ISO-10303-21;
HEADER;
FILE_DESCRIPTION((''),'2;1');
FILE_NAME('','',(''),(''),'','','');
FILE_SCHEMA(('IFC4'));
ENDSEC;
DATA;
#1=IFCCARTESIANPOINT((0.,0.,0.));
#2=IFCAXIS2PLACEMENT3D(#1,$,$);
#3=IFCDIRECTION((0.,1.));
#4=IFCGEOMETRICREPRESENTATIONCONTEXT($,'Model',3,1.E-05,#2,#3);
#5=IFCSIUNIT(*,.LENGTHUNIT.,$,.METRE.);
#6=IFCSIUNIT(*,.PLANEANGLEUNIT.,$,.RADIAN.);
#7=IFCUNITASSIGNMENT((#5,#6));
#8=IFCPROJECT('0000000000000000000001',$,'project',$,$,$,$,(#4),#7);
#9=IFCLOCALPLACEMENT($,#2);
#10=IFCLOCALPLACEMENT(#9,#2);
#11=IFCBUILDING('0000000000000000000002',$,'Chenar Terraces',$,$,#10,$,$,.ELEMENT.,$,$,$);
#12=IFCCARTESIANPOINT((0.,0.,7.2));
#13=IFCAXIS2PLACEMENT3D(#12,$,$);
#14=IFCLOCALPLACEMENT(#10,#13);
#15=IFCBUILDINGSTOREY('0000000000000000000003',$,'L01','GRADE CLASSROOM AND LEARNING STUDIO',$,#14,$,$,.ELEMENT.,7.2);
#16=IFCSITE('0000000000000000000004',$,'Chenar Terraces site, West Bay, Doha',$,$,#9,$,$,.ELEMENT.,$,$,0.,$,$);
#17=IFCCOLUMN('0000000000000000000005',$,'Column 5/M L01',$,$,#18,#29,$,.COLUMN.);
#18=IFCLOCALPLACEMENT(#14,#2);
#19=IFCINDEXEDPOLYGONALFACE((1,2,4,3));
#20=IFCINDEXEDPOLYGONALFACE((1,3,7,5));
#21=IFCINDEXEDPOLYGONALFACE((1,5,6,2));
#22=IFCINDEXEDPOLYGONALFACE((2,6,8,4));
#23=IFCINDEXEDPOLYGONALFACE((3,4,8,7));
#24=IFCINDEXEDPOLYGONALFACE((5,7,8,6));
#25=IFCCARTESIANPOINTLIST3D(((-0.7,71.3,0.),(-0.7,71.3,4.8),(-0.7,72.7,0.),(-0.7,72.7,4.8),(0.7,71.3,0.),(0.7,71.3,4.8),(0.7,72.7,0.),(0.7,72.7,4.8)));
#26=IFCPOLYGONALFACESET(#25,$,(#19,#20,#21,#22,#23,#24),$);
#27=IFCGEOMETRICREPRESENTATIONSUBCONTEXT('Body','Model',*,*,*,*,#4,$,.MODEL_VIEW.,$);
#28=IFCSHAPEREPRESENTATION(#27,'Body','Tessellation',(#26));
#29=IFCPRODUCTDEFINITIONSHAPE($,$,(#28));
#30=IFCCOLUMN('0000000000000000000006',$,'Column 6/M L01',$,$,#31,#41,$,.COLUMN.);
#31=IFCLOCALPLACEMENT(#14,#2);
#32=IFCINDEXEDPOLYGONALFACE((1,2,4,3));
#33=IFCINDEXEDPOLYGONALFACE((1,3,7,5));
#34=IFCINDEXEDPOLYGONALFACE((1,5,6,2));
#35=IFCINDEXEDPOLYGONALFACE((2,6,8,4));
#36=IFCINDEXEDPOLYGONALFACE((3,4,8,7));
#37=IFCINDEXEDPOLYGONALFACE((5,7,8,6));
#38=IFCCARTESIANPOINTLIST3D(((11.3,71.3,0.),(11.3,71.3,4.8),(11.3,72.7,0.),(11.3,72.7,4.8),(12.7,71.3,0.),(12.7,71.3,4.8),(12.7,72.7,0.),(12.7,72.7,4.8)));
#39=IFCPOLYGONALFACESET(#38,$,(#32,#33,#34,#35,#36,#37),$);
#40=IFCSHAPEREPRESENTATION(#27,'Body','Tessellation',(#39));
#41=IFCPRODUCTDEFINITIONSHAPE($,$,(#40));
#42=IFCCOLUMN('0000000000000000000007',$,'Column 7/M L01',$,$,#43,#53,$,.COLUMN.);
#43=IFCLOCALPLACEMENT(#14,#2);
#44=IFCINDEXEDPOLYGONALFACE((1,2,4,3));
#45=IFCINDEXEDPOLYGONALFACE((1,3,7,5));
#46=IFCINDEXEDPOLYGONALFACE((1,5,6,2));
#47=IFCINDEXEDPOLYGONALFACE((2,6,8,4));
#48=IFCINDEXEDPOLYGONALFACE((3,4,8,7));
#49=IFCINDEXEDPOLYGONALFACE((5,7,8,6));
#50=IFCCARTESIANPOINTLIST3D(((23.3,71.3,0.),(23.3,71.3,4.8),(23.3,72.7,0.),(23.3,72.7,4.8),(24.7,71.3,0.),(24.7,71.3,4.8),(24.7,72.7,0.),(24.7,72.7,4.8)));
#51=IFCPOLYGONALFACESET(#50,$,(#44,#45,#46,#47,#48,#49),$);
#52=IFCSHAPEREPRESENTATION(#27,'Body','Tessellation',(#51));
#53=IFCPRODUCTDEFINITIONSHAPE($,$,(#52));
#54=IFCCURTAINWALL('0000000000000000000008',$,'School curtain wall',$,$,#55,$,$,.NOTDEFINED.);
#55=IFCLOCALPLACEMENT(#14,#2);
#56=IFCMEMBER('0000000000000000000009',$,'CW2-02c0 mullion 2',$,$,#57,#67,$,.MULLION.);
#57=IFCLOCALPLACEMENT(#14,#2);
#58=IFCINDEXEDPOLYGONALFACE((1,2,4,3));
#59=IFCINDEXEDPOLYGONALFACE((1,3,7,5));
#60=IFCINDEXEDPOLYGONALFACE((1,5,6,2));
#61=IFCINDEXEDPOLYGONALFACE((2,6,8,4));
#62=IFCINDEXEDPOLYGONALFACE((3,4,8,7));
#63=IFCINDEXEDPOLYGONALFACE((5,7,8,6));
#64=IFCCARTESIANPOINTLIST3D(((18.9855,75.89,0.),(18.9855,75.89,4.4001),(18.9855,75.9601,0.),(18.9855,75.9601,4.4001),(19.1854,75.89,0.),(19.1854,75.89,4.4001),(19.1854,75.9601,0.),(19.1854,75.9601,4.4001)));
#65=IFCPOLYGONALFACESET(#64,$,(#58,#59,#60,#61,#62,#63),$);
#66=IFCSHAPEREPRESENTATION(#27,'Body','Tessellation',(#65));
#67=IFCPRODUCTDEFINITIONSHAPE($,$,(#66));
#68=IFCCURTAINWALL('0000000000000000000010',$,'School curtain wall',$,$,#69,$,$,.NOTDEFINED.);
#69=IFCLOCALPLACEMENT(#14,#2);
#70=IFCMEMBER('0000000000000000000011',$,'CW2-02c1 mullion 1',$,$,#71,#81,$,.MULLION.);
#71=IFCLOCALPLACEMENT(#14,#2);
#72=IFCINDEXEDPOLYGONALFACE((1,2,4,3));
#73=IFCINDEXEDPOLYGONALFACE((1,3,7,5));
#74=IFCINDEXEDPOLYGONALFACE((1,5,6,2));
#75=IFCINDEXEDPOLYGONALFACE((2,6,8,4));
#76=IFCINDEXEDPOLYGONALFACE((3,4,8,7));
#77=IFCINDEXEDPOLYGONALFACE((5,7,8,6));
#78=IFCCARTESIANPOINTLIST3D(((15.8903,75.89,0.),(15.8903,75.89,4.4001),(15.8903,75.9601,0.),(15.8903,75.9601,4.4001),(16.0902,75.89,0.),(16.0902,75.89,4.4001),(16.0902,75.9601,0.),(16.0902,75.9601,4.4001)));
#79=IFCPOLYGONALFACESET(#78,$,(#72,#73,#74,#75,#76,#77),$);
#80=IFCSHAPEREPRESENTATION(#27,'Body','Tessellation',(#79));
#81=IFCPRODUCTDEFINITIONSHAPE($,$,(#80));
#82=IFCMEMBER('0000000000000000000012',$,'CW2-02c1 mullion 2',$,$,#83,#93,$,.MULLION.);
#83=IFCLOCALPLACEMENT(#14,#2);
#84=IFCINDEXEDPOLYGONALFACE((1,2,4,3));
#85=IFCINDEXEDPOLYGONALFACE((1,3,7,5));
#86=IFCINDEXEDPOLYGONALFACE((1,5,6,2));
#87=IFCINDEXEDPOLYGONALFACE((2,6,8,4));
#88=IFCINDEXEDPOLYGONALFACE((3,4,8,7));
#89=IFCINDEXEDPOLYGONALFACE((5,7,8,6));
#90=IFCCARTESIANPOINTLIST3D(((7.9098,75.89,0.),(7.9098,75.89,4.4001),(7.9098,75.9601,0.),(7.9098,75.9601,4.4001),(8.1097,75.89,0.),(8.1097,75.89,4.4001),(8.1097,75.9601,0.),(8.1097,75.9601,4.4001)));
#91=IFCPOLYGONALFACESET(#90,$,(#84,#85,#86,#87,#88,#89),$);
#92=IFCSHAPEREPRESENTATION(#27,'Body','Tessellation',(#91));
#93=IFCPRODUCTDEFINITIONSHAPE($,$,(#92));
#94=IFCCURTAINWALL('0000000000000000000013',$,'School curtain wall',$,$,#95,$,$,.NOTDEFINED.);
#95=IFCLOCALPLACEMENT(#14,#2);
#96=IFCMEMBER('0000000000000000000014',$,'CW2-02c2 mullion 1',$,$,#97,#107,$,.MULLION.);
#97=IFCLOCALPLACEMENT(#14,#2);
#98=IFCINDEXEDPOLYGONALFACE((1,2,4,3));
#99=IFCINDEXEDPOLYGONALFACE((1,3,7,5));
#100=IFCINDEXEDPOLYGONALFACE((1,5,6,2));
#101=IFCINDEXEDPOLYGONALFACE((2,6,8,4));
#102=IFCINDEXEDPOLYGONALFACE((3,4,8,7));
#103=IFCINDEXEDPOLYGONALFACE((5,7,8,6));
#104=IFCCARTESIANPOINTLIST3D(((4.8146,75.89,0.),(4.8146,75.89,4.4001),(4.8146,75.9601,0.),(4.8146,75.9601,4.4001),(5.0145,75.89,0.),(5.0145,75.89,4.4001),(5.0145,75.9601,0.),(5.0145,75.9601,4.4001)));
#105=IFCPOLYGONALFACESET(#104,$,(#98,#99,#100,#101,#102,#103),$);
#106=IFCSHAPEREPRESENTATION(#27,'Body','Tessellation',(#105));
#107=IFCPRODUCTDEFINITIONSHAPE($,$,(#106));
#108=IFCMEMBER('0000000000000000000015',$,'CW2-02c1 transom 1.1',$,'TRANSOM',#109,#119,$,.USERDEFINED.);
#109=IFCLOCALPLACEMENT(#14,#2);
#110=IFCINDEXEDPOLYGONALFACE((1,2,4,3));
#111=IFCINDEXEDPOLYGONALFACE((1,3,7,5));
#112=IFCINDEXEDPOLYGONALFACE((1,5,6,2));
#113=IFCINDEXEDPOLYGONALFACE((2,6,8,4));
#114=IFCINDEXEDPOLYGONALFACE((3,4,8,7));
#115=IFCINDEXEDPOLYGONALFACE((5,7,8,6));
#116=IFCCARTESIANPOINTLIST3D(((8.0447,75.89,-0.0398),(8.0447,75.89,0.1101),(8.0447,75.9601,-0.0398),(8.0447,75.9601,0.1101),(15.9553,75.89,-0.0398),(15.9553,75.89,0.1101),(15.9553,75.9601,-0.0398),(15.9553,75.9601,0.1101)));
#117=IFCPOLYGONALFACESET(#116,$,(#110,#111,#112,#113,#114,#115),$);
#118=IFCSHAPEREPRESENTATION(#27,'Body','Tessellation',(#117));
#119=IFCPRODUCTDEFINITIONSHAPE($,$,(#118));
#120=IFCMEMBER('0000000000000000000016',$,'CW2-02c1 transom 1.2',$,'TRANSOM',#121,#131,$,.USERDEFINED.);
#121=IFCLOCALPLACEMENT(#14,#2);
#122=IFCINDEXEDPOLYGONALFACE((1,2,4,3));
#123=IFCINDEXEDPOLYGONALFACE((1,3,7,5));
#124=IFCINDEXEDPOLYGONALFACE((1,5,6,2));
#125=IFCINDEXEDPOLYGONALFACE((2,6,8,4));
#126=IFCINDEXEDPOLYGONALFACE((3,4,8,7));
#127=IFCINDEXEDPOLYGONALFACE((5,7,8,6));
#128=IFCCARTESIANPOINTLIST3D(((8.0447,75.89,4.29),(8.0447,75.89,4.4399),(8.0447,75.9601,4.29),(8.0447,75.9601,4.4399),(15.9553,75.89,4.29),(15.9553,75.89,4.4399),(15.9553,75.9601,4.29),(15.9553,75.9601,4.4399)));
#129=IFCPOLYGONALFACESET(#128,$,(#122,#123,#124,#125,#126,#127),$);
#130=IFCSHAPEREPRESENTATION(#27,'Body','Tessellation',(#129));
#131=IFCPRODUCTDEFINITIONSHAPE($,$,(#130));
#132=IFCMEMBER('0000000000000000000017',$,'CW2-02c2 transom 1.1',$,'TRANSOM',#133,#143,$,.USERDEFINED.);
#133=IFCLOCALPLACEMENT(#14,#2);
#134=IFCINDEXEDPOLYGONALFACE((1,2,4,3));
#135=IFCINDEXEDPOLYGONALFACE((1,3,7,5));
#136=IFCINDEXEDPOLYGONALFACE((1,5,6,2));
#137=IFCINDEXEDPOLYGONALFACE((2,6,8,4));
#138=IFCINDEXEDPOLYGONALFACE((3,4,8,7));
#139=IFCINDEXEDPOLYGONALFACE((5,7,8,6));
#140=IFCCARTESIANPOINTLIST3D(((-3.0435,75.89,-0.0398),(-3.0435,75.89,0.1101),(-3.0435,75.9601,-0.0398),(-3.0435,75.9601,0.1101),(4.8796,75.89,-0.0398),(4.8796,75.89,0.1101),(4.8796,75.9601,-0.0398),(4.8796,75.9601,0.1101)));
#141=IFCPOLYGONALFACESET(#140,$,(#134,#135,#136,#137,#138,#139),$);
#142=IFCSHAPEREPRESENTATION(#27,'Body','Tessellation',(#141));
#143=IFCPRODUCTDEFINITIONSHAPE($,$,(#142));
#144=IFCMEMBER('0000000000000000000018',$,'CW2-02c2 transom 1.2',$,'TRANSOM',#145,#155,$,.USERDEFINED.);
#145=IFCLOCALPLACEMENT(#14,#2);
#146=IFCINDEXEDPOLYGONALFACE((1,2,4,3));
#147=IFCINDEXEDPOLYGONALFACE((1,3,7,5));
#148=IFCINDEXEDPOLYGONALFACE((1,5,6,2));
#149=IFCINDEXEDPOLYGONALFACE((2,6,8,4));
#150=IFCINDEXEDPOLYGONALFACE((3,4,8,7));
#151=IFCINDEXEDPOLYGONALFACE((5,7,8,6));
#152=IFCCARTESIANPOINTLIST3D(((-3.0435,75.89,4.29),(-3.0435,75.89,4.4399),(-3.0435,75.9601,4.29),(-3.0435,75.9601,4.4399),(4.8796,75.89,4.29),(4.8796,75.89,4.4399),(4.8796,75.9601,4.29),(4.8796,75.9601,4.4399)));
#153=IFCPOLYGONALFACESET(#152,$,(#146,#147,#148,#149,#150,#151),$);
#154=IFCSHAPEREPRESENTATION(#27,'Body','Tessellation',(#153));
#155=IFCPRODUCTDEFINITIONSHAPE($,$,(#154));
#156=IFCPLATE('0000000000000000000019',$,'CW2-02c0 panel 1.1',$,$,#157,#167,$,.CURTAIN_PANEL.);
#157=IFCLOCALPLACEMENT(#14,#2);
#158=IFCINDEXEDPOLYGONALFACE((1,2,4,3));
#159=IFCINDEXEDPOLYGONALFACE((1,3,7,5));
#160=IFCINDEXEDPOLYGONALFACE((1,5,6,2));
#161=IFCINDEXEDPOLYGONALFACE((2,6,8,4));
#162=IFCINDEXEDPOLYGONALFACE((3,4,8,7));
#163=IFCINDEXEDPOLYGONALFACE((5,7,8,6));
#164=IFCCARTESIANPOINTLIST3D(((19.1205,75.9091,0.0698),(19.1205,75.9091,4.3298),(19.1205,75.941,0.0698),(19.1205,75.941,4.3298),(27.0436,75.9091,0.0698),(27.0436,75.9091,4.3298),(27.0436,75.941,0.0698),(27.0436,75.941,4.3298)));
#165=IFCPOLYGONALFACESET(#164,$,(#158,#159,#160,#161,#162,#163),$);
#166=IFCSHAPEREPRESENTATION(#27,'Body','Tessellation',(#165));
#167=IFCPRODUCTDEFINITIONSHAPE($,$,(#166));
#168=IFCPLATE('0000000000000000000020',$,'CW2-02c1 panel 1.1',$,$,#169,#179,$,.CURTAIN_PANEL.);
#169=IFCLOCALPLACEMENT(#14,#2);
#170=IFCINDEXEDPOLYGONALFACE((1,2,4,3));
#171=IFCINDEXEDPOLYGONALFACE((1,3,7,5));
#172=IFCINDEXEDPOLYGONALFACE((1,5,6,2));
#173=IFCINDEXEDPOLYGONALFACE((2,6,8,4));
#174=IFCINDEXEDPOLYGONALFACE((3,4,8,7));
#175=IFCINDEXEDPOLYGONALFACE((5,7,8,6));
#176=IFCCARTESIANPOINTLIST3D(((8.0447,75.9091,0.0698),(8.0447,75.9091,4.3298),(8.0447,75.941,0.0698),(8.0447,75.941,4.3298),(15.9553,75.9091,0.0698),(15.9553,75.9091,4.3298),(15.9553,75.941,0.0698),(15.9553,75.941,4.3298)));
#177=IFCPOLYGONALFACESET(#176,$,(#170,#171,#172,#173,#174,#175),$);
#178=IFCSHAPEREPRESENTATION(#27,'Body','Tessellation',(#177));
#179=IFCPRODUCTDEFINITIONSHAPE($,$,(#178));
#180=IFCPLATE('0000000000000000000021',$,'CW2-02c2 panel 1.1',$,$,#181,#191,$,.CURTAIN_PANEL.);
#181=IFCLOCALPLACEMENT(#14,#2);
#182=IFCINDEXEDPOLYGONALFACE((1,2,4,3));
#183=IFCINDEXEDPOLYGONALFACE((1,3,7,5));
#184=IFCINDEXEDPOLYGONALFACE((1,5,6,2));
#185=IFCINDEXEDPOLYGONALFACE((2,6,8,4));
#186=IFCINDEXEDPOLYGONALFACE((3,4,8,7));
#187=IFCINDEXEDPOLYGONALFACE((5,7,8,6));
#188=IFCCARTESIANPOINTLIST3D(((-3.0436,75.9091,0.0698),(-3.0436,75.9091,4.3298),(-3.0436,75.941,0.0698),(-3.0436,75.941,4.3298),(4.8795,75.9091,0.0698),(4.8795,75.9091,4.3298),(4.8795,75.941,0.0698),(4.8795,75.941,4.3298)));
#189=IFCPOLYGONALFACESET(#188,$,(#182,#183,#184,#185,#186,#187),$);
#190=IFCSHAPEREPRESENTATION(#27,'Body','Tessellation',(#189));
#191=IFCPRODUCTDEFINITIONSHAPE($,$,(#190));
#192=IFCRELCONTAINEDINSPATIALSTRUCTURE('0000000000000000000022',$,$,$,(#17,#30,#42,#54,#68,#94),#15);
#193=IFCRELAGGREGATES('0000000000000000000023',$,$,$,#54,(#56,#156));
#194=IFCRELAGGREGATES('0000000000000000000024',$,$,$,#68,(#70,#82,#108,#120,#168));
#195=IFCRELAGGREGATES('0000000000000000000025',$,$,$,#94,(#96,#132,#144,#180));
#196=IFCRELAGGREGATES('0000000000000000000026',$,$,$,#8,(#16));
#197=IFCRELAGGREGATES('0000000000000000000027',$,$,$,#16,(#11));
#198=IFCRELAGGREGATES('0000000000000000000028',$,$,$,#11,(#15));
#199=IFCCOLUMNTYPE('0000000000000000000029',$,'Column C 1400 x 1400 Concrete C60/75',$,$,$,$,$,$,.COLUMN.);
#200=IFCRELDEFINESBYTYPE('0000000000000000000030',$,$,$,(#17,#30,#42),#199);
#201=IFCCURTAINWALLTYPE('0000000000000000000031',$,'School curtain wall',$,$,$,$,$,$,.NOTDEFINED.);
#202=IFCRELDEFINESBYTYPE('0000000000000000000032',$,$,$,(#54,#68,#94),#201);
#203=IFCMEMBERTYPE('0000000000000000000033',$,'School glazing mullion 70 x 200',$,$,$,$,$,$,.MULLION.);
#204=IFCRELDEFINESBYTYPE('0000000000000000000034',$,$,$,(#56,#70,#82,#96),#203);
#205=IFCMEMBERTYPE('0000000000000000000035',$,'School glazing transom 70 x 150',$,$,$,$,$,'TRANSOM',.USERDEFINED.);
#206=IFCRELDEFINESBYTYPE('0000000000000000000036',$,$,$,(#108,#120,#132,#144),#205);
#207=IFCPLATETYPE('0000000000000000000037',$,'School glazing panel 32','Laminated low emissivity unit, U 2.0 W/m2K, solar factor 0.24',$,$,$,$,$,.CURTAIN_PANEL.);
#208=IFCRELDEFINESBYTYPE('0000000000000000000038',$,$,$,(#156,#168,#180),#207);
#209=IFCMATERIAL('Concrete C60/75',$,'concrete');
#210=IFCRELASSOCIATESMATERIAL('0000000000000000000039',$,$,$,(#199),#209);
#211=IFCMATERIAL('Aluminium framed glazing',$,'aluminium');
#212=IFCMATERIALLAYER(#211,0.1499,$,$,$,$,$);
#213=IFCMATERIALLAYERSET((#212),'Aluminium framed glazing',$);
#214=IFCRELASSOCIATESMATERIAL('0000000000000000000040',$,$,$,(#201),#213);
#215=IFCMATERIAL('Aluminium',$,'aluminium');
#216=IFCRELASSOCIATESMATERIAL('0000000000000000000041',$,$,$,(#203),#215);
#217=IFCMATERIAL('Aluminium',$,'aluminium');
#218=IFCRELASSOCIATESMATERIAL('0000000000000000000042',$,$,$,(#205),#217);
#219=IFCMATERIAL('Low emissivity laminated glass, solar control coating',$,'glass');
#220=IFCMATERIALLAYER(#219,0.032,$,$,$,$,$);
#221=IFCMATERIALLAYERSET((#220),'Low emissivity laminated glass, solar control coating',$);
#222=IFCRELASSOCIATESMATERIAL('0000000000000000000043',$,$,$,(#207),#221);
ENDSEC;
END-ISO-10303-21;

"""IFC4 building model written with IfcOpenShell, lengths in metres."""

from ifc_helpers import new_model, si_unit, direction, frame, origin, origin_2d, place, context, subcontext, project, spatial, rectangle, extrude, material, layer, layer_set, material_profile, profile_set, type_object, element, aggregate, save


model = new_model("IFC4")

# Units and contexts
model_context = context("Model", 3, precision=1e-05, world=origin(), true_north=direction((0.0, 1.0)))
body_context = subcontext(model_context, "Body", "Model", "MODEL_VIEW")
ifc_project = project(units=[si_unit("LENGTHUNIT", "METRE"), si_unit("PLANEANGLEUNIT", "RADIAN")], contexts=[model_context])

# Site, building, storey
site_placement = place(None, origin())
site = spatial("IfcSite", under=ifc_project, at=site_placement, Name="Chenar Terraces site, West Bay, Doha", CompositionType="ELEMENT", RefElevation=0.0)
building_placement = place(site_placement, origin())
building = spatial("IfcBuilding", under=site, at=building_placement, Name="Chenar Terraces", CompositionType="ELEMENT")
storey_placement = place(building_placement, frame((0.0, 0.0, 7.2)))
storey = spatial("IfcBuildingStorey", under=building, at=storey_placement, Name="L01", Description="GRADE CLASSROOM AND LEARNING STUDIO", CompositionType="ELEMENT", Elevation=7.2)

# Columns
ifc_material_1 = material(Name="Concrete C60/75", Category="concrete")
ifc_material_profile_1 = material_profile(ifc_material_1, rectangle(XDim=1.3999, YDim=1.3999, at=origin_2d()), Name="C 1400 x 1400")
ifc_profile_set_1 = profile_set([ifc_material_profile_1], Name="Concrete C60/75")
column_type = type_object("IfcColumnType", Name="Column C 1400 x 1400 Concrete C60/75", PredefinedType="COLUMN", material=ifc_profile_set_1)
for number, where, z_axis, x_axis, name in (
    (1, (0.0, 72.0, 0.0), (0.0, 0.0, 1.0), (1.0, 0.0, 0.0), "Column 5/M L01"),
    (2, (12.0, 72.0, 0.0), (0.0, 0.0, 1.0), (1.0, 0.0, 0.0), "Column 6/M L01"),
    (3, (24.0, 72.0, 0.0), (0.0, 0.0, 1.0), (1.0, 0.0, 0.0), "Column 7/M L01"),
):
    element("IfcColumn", number, at=place(storey_placement, frame(where, z_axis=z_axis, x_axis=x_axis)), inside=storey, type_object=column_type, Name=name, PredefinedType="COLUMN", context=body_context, shape_type="SweptSolid", body=[
        extrude(rectangle(XDim=1.3999, YDim=1.3999, at=origin_2d()), origin(), (0.0, 0.0, 1.0), 4.8),
    ])

# Curtain wall, member
ifc_material_2 = material(Name="Aluminium framed glazing", Category="aluminium")
ifc_layer_1 = layer(ifc_material_2, 0.1499)
ifc_layer_set_1 = layer_set([ifc_layer_1], Name="Aluminium framed glazing")
curtain_wall_type = type_object("IfcCurtainWallType", Name="School curtain wall", PredefinedType="NOTDEFINED", material=ifc_layer_set_1)
placement = place(storey_placement, origin())
curtain_wall_1 = element("IfcCurtainWall", 4, at=placement, inside=storey, type_object=curtain_wall_type, Name="School curtain wall", PredefinedType="NOTDEFINED")
ifc_material_3 = material(Name="Aluminium", Category="aluminium")
ifc_material_profile_2 = material_profile(ifc_material_3, rectangle(XDim=0.0701, YDim=0.2, at=origin_2d()), Name="School glazing mullion 70 x 200")
ifc_profile_set_2 = profile_set([ifc_material_profile_2], Name="Aluminium")
member_type_1 = type_object("IfcMemberType", Name="School glazing mullion 70 x 200", PredefinedType="MULLION", material=ifc_profile_set_2)
member_1_placement = place(storey_placement, frame((19.0854, 75.925, 0.0), z_axis=(0.0, 0.0, 1.0), x_axis=(0.0, -1.0, 0.0)))
member_1 = element("IfcMember", 5, at=member_1_placement, type_object=member_type_1, Name="CW2-02c0 mullion 2", PredefinedType="MULLION", context=body_context, shape_type="SweptSolid", body=[
    extrude(rectangle(XDim=0.0701, YDim=0.2, at=origin_2d()), origin(), (0.0, 0.0, 1.0), 4.4001),
])

# Curtain wall, members
curtain_wall_2 = element("IfcCurtainWall", 6, at=placement, inside=storey, type_object=curtain_wall_type, Name="School curtain wall", PredefinedType="NOTDEFINED")
member_2_placement = place(storey_placement, frame((15.9902, 75.925, 0.0), z_axis=(0.0, 0.0, 1.0), x_axis=(0.0, -1.0, 0.0)))
member_2 = element("IfcMember", 7, at=member_2_placement, type_object=member_type_1, Name="CW2-02c1 mullion 1", PredefinedType="MULLION", context=body_context, shape_type="SweptSolid", body=[
    extrude(rectangle(XDim=0.0701, YDim=0.2, at=origin_2d()), origin(), (0.0, 0.0, 1.0), 4.4001),
])
member_3_placement = place(storey_placement, frame((8.0098, 75.925, 0.0), z_axis=(0.0, 0.0, 1.0), x_axis=(0.0, -1.0, 0.0)))
member_3 = element("IfcMember", 8, at=member_3_placement, type_object=member_type_1, Name="CW2-02c1 mullion 2", PredefinedType="MULLION", context=body_context, shape_type="SweptSolid", body=[
    extrude(rectangle(XDim=0.0701, YDim=0.2, at=origin_2d()), origin(), (0.0, 0.0, 1.0), 4.4001),
])

# Curtain wall, member
curtain_wall_3 = element("IfcCurtainWall", 9, at=placement, inside=storey, type_object=curtain_wall_type, Name="School curtain wall", PredefinedType="NOTDEFINED")
member_4_placement = place(storey_placement, frame((4.9146, 75.925, 0.0), z_axis=(0.0, 0.0, 1.0), x_axis=(0.0, -1.0, 0.0)))
member_4 = element("IfcMember", 10, at=member_4_placement, type_object=member_type_1, Name="CW2-02c2 mullion 1", PredefinedType="MULLION", context=body_context, shape_type="SweptSolid", body=[
    extrude(rectangle(XDim=0.0701, YDim=0.2, at=origin_2d()), origin(), (0.0, 0.0, 1.0), 4.4001),
])

# Members
ifc_material_4 = material(Name="Aluminium", Category="aluminium")
ifc_material_profile_3 = material_profile(ifc_material_4, rectangle(XDim=0.0701, YDim=0.1499, at=origin_2d()), Name="School glazing transom 70 x 150")
ifc_profile_set_3 = profile_set([ifc_material_profile_3], Name="Aluminium")
member_type_2 = type_object("IfcMemberType", Name="School glazing transom 70 x 150", ElementType="TRANSOM", PredefinedType="USERDEFINED", material=ifc_profile_set_3)
member_5_placement = place(storey_placement, frame((15.9553, 75.925, 0.0352), z_axis=(-1.0, 0.0, 0.0), x_axis=(0.0, -1.0, 0.0)))
member_5 = element("IfcMember", 11, at=member_5_placement, type_object=member_type_2, Name="CW2-02c1 transom 1.1", ObjectType="TRANSOM", PredefinedType="USERDEFINED", context=body_context, shape_type="SweptSolid", body=[
    extrude(rectangle(XDim=0.0701, YDim=0.1499, at=origin_2d()), origin(), (0.0, 0.0, 1.0), 7.9106),
])
member_6_placement = place(storey_placement, frame((15.9553, 75.925, 4.365), z_axis=(-1.0, 0.0, 0.0), x_axis=(0.0, -1.0, 0.0)))
member_6 = element("IfcMember", 12, at=member_6_placement, type_object=member_type_2, Name="CW2-02c1 transom 1.2", ObjectType="TRANSOM", PredefinedType="USERDEFINED", context=body_context, shape_type="SweptSolid", body=[
    extrude(rectangle(XDim=0.0701, YDim=0.1499, at=origin_2d()), origin(), (0.0, 0.0, 1.0), 7.9106),
])
member_7_placement = place(storey_placement, frame((4.8796, 75.925, 0.0352), z_axis=(-1.0, 0.0, 0.0), x_axis=(0.0, -1.0, 0.0)))
member_7 = element("IfcMember", 13, at=member_7_placement, type_object=member_type_2, Name="CW2-02c2 transom 1.1", ObjectType="TRANSOM", PredefinedType="USERDEFINED", context=body_context, shape_type="SweptSolid", body=[
    extrude(rectangle(XDim=0.0701, YDim=0.1499, at=origin_2d()), origin(), (0.0, 0.0, 1.0), 7.9231),
])
member_8_placement = place(storey_placement, frame((4.8796, 75.925, 4.365), z_axis=(-1.0, 0.0, 0.0), x_axis=(0.0, -1.0, 0.0)))
member_8 = element("IfcMember", 14, at=member_8_placement, type_object=member_type_2, Name="CW2-02c2 transom 1.2", ObjectType="TRANSOM", PredefinedType="USERDEFINED", context=body_context, shape_type="SweptSolid", body=[
    extrude(rectangle(XDim=0.0701, YDim=0.1499, at=origin_2d()), origin(), (0.0, 0.0, 1.0), 7.9231),
])

# Plates
ifc_material_5 = material(Name="Low emissivity laminated glass, solar control coating", Category="glass")
ifc_layer_2 = layer(ifc_material_5, 0.032)
ifc_layer_set_2 = layer_set([ifc_layer_2], Name="Low emissivity laminated glass, solar control coating")
plate_type = type_object("IfcPlateType", Name="School glazing panel 32", Description="Laminated low emissivity unit, U 2.0 W/m2K, solar factor 0.24", PredefinedType="CURTAIN_PANEL", material=ifc_layer_set_2)
plate_1_placement = place(storey_placement, frame((23.082, 75.925, 0.0698), z_axis=(0.0, 0.0, 1.0), x_axis=(-1.0, 0.0, 0.0)))
plate_1 = element("IfcPlate", 15, at=plate_1_placement, type_object=plate_type, Name="CW2-02c0 panel 1.1", PredefinedType="CURTAIN_PANEL", context=body_context, shape_type="SweptSolid", body=[
    extrude(rectangle(XDim=7.9231, YDim=0.032, at=origin_2d()), origin(), (0.0, 0.0, 1.0), 4.26),
])
aggregate(curtain_wall_1, [member_1, plate_1])
plate_2_placement = place(storey_placement, frame((12.0, 75.925, 0.0698), z_axis=(0.0, 0.0, 1.0), x_axis=(-1.0, 0.0, 0.0)))
plate_2 = element("IfcPlate", 16, at=plate_2_placement, type_object=plate_type, Name="CW2-02c1 panel 1.1", PredefinedType="CURTAIN_PANEL", context=body_context, shape_type="SweptSolid", body=[
    extrude(rectangle(XDim=7.9106, YDim=0.032, at=origin_2d()), origin(), (0.0, 0.0, 1.0), 4.26),
])
aggregate(curtain_wall_2, [member_2, member_3, member_5, member_6, plate_2])
plate_3_placement = place(storey_placement, frame((0.918, 75.925, 0.0698), z_axis=(0.0, 0.0, 1.0), x_axis=(-1.0, 0.0, 0.0)))
plate_3 = element("IfcPlate", 17, at=plate_3_placement, type_object=plate_type, Name="CW2-02c2 panel 1.1", PredefinedType="CURTAIN_PANEL", context=body_context, shape_type="SweptSolid", body=[
    extrude(rectangle(XDim=7.9231, YDim=0.032, at=origin_2d()), origin(), (0.0, 0.0, 1.0), 4.26),
])
aggregate(curtain_wall_3, [member_4, member_7, member_8, plate_3])

save(model, "model.ifc")
